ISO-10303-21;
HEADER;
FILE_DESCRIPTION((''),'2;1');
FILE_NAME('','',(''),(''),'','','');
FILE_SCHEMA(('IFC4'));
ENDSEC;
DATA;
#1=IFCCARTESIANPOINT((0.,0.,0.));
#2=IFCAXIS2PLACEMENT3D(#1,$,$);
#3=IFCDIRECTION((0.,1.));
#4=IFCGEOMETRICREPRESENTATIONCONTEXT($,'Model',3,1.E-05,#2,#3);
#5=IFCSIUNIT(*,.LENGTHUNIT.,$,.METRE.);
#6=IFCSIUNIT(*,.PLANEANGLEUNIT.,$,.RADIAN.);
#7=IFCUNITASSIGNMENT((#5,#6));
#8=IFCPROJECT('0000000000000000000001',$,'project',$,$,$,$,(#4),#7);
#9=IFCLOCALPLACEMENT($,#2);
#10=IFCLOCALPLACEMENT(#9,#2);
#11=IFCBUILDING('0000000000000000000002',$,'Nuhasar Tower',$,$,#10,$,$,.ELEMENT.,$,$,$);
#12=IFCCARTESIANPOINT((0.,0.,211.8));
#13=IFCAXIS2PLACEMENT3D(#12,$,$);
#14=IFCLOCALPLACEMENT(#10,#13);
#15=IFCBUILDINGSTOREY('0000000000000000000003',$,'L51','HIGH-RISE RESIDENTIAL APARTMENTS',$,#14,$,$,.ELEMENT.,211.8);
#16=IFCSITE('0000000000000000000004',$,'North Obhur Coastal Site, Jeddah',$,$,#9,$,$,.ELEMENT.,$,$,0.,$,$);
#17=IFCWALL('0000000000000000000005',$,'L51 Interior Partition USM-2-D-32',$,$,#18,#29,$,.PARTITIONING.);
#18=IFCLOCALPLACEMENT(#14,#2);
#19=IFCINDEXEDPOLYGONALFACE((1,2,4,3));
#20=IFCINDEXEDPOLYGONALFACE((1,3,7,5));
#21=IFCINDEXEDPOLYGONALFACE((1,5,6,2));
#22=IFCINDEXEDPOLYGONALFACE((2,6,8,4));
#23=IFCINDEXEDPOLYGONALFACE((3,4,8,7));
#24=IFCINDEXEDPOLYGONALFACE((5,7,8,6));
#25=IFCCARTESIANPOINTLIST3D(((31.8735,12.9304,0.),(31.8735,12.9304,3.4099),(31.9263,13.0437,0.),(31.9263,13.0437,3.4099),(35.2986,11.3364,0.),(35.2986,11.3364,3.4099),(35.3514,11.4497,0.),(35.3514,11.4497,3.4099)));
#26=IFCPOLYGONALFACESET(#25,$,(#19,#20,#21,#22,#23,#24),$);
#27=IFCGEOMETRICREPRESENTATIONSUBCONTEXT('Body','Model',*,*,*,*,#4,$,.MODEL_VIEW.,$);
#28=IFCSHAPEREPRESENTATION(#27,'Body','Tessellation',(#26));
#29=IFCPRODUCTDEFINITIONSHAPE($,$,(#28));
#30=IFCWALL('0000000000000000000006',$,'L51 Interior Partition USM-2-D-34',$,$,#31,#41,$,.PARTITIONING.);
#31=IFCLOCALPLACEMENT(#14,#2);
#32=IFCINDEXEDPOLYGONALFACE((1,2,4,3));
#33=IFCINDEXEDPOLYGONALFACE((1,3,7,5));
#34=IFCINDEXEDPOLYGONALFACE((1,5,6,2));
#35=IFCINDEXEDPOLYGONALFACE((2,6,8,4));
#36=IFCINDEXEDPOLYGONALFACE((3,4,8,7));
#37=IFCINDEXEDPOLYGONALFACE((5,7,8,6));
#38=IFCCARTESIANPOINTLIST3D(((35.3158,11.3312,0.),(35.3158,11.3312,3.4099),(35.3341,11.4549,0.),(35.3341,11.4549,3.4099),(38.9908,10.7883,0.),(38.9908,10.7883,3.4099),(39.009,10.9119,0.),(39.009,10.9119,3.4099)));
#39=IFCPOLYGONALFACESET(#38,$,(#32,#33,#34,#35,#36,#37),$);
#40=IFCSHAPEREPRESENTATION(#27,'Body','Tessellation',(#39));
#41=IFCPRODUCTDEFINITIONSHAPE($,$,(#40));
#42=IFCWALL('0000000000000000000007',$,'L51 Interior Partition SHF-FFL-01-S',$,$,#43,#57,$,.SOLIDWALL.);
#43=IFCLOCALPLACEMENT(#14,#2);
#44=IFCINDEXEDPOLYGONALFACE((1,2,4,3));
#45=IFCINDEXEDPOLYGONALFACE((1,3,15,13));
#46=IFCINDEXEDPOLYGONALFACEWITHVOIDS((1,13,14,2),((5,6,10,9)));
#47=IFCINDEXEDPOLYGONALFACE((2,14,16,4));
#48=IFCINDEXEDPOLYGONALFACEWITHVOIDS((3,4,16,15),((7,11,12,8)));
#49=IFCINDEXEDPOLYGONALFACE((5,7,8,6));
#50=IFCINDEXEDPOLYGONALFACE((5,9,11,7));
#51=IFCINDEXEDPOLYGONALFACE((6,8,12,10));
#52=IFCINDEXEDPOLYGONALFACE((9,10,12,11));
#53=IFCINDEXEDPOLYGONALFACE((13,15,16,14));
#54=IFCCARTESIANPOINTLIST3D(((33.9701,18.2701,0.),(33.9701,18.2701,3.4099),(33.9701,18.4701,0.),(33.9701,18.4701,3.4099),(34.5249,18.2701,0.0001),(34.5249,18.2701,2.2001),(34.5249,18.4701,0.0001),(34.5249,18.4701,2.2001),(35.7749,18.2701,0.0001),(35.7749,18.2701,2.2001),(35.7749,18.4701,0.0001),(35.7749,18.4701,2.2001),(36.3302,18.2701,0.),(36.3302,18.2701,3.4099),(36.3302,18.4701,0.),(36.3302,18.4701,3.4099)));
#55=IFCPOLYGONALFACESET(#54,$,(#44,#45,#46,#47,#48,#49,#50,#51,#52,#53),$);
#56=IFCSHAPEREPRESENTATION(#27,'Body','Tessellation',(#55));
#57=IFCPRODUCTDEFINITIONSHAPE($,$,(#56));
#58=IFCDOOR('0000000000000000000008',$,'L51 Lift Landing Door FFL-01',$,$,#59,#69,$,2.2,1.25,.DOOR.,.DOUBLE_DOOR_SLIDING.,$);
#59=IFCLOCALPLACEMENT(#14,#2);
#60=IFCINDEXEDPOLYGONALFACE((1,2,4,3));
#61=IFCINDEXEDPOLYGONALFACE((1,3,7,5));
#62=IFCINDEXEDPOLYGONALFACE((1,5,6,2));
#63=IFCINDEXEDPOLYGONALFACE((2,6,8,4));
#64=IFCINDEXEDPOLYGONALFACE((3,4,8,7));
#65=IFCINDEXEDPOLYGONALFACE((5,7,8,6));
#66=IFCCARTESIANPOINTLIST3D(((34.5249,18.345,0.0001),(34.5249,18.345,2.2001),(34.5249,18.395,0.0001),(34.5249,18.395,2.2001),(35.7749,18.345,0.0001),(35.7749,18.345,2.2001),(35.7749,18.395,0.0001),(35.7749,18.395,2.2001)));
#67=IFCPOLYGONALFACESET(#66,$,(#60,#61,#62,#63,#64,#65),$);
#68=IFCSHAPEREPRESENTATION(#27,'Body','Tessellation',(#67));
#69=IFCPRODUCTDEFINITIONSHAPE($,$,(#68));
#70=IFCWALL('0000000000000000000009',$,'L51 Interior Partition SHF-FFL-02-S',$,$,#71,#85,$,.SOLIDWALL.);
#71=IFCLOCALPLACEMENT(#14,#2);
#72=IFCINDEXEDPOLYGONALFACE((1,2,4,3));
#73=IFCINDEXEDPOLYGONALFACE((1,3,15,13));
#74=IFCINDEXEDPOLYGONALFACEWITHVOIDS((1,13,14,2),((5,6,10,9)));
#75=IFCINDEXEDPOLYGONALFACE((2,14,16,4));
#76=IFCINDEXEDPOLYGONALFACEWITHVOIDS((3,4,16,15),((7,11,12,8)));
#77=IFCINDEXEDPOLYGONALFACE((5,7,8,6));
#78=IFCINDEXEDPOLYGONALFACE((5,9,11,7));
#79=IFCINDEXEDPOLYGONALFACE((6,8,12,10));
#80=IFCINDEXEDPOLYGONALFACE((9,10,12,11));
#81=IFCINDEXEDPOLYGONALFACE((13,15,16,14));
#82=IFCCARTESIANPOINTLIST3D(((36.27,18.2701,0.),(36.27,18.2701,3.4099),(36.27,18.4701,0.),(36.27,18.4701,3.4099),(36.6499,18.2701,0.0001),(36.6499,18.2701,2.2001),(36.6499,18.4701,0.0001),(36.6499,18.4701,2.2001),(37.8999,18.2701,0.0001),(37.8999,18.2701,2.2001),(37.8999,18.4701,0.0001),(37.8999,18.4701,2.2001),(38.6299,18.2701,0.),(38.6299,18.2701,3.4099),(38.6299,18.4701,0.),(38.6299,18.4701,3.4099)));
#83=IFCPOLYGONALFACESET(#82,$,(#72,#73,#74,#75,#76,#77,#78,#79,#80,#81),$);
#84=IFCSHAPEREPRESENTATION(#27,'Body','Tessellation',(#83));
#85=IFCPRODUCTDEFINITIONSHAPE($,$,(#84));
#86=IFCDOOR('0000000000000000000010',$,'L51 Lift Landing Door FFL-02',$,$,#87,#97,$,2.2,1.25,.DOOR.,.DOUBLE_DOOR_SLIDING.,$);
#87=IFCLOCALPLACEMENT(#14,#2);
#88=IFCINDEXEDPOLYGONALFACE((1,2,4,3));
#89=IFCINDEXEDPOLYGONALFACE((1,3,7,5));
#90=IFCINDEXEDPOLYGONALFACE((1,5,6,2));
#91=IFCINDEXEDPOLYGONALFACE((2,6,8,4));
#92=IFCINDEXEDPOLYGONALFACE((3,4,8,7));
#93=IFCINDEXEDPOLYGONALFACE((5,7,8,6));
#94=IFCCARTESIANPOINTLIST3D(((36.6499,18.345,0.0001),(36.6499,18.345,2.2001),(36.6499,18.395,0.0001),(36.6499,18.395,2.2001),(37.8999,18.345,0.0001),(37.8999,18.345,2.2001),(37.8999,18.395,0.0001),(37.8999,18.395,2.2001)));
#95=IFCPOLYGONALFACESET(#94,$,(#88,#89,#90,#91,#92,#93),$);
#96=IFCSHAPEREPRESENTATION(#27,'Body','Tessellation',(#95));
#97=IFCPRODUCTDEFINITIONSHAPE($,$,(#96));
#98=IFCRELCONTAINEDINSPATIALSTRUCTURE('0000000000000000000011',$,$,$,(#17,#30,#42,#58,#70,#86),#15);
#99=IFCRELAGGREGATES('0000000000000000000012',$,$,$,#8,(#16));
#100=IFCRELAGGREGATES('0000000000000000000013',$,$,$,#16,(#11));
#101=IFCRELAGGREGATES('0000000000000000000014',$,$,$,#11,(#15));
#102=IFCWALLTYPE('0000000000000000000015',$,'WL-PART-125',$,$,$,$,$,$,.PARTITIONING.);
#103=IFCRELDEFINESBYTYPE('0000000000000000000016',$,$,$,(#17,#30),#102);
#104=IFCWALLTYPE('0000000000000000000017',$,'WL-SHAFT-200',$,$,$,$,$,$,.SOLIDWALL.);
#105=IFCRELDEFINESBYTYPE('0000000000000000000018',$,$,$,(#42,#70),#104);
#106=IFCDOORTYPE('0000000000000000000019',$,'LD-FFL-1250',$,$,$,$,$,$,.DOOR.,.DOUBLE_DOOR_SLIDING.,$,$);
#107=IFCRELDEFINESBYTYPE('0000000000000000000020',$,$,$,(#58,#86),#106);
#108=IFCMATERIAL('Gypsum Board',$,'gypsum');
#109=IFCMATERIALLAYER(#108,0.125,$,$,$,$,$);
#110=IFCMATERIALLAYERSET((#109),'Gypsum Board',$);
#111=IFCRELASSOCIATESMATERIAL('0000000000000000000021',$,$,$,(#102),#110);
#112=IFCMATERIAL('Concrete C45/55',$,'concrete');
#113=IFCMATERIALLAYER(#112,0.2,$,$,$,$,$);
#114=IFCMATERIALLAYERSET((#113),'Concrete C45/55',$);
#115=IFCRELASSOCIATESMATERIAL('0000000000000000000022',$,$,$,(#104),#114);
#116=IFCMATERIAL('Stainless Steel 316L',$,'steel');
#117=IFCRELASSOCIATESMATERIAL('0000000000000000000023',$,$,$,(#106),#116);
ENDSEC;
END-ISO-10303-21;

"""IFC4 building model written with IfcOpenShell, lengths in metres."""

from ifc_helpers import new_model, si_unit, direction, frame, frame_2d, origin, place, context, subcontext, project, spatial, rectangle, extrude, material, layer, layer_set, type_object, element, fill, save


model = new_model("IFC4")

# Units and contexts
model_context = context("Model", 3, precision=1e-05, world=origin(), true_north=direction((0.0, 1.0)))
body_context = subcontext(model_context, "Body", "Model", "MODEL_VIEW")
ifc_project = project(units=[si_unit("LENGTHUNIT", "METRE"), si_unit("PLANEANGLEUNIT", "RADIAN")], contexts=[model_context])

# Site, building, storey
site_placement = place(None, origin())
site = spatial("IfcSite", under=ifc_project, at=site_placement, Name="North Obhur Coastal Site, Jeddah", CompositionType="ELEMENT", RefElevation=0.0)
building_placement = place(site_placement, origin())
building = spatial("IfcBuilding", under=site, at=building_placement, Name="Nuhasar Tower", CompositionType="ELEMENT")
storey_placement = place(building_placement, frame((0.0, 0.0, 211.8)))
storey = spatial("IfcBuildingStorey", under=building, at=storey_placement, Name="L51", Description="HIGH-RISE RESIDENTIAL APARTMENTS", CompositionType="ELEMENT", Elevation=211.8)

# Shared definitions
ifc_material_1 = material(Name="Gypsum Board", Category="gypsum")
ifc_material_2 = material(Name="Concrete C45/55", Category="concrete")

# Shared definitions
ifc_layer_1 = layer(ifc_material_1, 0.125)
ifc_layer_set_1 = layer_set([ifc_layer_1], Name="Gypsum Board")
wall_type_1 = type_object("IfcWallType", Name="WL-PART-125", PredefinedType="PARTITIONING", material=ifc_layer_set_1)

# Walls
wall_1_placement = place(storey_placement, frame((31.8999, 12.9871, 0.0), z_axis=(0.0, 0.0, 1.0), x_axis=(0.906625, -0.421937, 0.0)))
element("IfcWall", 1, at=wall_1_placement, inside=storey, type_object=wall_type_1, Name="L51 Interior Partition USM-2-D-32", PredefinedType="PARTITIONING", context=body_context, shape_type="SweptSolid", body=[
    extrude(rectangle(XDim=3.7778, YDim=0.125, at=frame_2d((1.8889, 0.0))), origin(), (0.0, 0.0, 1.0), 3.4099),
])
wall_2_placement = place(storey_placement, frame((35.325, 11.3931, 0.0), z_axis=(0.0, 0.0, 1.0), x_axis=(0.989261, -0.146158, 0.0)))
element("IfcWall", 2, at=wall_2_placement, inside=storey, type_object=wall_type_1, Name="L51 Interior Partition USM-2-D-34", PredefinedType="PARTITIONING", context=body_context, shape_type="SweptSolid", body=[
    extrude(rectangle(XDim=3.7148, YDim=0.125, at=frame_2d((1.8574, 0.0))), origin(), (0.0, 0.0, 1.0), 3.4099),
])

# Walls, openings, doors
ifc_layer_2 = layer(ifc_material_2, 0.2)
ifc_layer_set_2 = layer_set([ifc_layer_2], Name="Concrete C45/55")
wall_type_2 = type_object("IfcWallType", Name="WL-SHAFT-200", PredefinedType="SOLIDWALL", material=ifc_layer_set_2)
wall_3_placement = place(storey_placement, frame((33.97, 18.3701, 0.0), z_axis=(0.0, 0.0, 1.0), x_axis=(1.0, 0.0, 0.0)))
wall_3 = element("IfcWall", 3, at=wall_3_placement, inside=storey, type_object=wall_type_2, Name="L51 Interior Partition SHF-FFL-01-S", PredefinedType="SOLIDWALL", context=body_context, shape_type="SweptSolid", body=[
    extrude(rectangle(XDim=2.3601, YDim=0.2, at=frame_2d((1.1802, 0.0))), origin(), (0.0, 0.0, 1.0), 3.4099),
])
opening_1_placement = place(wall_3_placement, frame((0.5549, 0.0, 0.0)))
opening_1 = element("IfcOpeningElement", 4, at=opening_1_placement, cuts=wall_3, PredefinedType="OPENING", context=body_context, shape_type="SweptSolid", body=[
    extrude(rectangle(XDim=1.25, YDim=2.2, at=frame_2d((0.625, 1.1001))), frame((0.0, 0.1099, 0.0), z_axis=(0.0, -1.0, 0.0), x_axis=(1.0, 0.0, 0.0)), (0.0, 0.0, 1.0), 0.22),
])
ifc_material_3 = material(Name="Stainless Steel 316L", Category="steel")
door_type_1 = type_object("IfcDoorType", Name="LD-FFL-1250", OperationType="DOUBLE_DOOR_SLIDING", PredefinedType="DOOR", material=ifc_material_3)
door_1_placement = place(opening_1_placement, origin())
door_1 = element("IfcDoor", 5, at=door_1_placement, inside=storey, type_object=door_type_1, Name="L51 Lift Landing Door FFL-01", OperationType="DOUBLE_DOOR_SLIDING", OverallHeight=2.2, OverallWidth=1.25, PredefinedType="DOOR", context=body_context, shape_type="SweptSolid", body=[
    extrude(rectangle(XDim=1.25, YDim=2.2, at=frame_2d((0.625, 1.1001))), frame((0.0, 0.0249, 0.0), z_axis=(0.0, -1.0, 0.0), x_axis=(1.0, 0.0, 0.0)), (0.0, 0.0, 1.0), 0.05),
])
fill(opening_1, door_1)
wall_4_placement = place(storey_placement, frame((36.27, 18.3701, 0.0), z_axis=(0.0, 0.0, 1.0), x_axis=(1.0, 0.0, 0.0)))
wall_4 = element("IfcWall", 6, at=wall_4_placement, inside=storey, type_object=wall_type_2, Name="L51 Interior Partition SHF-FFL-02-S", PredefinedType="SOLIDWALL", context=body_context, shape_type="SweptSolid", body=[
    extrude(rectangle(XDim=2.3599, YDim=0.2, at=frame_2d((1.1799, 0.0))), origin(), (0.0, 0.0, 1.0), 3.4099),
])
opening_2_placement = place(wall_4_placement, frame((0.3799, 0.0, 0.0)))
opening_2 = element("IfcOpeningElement", 7, at=opening_2_placement, cuts=wall_4, PredefinedType="OPENING", context=body_context, shape_type="SweptSolid", body=[
    extrude(rectangle(XDim=1.25, YDim=2.2, at=frame_2d((0.625, 1.1001))), frame((0.0, 0.1099, 0.0), z_axis=(0.0, -1.0, 0.0), x_axis=(1.0, 0.0, 0.0)), (0.0, 0.0, 1.0), 0.22),
])
door_2_placement = place(opening_2_placement, origin())
door_2 = element("IfcDoor", 8, at=door_2_placement, inside=storey, type_object=door_type_1, Name="L51 Lift Landing Door FFL-02", OperationType="DOUBLE_DOOR_SLIDING", OverallHeight=2.2, OverallWidth=1.25, PredefinedType="DOOR", context=body_context, shape_type="SweptSolid", body=[
    extrude(rectangle(XDim=1.25, YDim=2.2, at=frame_2d((0.625, 1.1001))), frame((0.0, 0.0249, 0.0), z_axis=(0.0, -1.0, 0.0), x_axis=(1.0, 0.0, 0.0)), (0.0, 0.0, 1.0), 0.05),
])
fill(opening_2, door_2)

save(model, "model.ifc")
